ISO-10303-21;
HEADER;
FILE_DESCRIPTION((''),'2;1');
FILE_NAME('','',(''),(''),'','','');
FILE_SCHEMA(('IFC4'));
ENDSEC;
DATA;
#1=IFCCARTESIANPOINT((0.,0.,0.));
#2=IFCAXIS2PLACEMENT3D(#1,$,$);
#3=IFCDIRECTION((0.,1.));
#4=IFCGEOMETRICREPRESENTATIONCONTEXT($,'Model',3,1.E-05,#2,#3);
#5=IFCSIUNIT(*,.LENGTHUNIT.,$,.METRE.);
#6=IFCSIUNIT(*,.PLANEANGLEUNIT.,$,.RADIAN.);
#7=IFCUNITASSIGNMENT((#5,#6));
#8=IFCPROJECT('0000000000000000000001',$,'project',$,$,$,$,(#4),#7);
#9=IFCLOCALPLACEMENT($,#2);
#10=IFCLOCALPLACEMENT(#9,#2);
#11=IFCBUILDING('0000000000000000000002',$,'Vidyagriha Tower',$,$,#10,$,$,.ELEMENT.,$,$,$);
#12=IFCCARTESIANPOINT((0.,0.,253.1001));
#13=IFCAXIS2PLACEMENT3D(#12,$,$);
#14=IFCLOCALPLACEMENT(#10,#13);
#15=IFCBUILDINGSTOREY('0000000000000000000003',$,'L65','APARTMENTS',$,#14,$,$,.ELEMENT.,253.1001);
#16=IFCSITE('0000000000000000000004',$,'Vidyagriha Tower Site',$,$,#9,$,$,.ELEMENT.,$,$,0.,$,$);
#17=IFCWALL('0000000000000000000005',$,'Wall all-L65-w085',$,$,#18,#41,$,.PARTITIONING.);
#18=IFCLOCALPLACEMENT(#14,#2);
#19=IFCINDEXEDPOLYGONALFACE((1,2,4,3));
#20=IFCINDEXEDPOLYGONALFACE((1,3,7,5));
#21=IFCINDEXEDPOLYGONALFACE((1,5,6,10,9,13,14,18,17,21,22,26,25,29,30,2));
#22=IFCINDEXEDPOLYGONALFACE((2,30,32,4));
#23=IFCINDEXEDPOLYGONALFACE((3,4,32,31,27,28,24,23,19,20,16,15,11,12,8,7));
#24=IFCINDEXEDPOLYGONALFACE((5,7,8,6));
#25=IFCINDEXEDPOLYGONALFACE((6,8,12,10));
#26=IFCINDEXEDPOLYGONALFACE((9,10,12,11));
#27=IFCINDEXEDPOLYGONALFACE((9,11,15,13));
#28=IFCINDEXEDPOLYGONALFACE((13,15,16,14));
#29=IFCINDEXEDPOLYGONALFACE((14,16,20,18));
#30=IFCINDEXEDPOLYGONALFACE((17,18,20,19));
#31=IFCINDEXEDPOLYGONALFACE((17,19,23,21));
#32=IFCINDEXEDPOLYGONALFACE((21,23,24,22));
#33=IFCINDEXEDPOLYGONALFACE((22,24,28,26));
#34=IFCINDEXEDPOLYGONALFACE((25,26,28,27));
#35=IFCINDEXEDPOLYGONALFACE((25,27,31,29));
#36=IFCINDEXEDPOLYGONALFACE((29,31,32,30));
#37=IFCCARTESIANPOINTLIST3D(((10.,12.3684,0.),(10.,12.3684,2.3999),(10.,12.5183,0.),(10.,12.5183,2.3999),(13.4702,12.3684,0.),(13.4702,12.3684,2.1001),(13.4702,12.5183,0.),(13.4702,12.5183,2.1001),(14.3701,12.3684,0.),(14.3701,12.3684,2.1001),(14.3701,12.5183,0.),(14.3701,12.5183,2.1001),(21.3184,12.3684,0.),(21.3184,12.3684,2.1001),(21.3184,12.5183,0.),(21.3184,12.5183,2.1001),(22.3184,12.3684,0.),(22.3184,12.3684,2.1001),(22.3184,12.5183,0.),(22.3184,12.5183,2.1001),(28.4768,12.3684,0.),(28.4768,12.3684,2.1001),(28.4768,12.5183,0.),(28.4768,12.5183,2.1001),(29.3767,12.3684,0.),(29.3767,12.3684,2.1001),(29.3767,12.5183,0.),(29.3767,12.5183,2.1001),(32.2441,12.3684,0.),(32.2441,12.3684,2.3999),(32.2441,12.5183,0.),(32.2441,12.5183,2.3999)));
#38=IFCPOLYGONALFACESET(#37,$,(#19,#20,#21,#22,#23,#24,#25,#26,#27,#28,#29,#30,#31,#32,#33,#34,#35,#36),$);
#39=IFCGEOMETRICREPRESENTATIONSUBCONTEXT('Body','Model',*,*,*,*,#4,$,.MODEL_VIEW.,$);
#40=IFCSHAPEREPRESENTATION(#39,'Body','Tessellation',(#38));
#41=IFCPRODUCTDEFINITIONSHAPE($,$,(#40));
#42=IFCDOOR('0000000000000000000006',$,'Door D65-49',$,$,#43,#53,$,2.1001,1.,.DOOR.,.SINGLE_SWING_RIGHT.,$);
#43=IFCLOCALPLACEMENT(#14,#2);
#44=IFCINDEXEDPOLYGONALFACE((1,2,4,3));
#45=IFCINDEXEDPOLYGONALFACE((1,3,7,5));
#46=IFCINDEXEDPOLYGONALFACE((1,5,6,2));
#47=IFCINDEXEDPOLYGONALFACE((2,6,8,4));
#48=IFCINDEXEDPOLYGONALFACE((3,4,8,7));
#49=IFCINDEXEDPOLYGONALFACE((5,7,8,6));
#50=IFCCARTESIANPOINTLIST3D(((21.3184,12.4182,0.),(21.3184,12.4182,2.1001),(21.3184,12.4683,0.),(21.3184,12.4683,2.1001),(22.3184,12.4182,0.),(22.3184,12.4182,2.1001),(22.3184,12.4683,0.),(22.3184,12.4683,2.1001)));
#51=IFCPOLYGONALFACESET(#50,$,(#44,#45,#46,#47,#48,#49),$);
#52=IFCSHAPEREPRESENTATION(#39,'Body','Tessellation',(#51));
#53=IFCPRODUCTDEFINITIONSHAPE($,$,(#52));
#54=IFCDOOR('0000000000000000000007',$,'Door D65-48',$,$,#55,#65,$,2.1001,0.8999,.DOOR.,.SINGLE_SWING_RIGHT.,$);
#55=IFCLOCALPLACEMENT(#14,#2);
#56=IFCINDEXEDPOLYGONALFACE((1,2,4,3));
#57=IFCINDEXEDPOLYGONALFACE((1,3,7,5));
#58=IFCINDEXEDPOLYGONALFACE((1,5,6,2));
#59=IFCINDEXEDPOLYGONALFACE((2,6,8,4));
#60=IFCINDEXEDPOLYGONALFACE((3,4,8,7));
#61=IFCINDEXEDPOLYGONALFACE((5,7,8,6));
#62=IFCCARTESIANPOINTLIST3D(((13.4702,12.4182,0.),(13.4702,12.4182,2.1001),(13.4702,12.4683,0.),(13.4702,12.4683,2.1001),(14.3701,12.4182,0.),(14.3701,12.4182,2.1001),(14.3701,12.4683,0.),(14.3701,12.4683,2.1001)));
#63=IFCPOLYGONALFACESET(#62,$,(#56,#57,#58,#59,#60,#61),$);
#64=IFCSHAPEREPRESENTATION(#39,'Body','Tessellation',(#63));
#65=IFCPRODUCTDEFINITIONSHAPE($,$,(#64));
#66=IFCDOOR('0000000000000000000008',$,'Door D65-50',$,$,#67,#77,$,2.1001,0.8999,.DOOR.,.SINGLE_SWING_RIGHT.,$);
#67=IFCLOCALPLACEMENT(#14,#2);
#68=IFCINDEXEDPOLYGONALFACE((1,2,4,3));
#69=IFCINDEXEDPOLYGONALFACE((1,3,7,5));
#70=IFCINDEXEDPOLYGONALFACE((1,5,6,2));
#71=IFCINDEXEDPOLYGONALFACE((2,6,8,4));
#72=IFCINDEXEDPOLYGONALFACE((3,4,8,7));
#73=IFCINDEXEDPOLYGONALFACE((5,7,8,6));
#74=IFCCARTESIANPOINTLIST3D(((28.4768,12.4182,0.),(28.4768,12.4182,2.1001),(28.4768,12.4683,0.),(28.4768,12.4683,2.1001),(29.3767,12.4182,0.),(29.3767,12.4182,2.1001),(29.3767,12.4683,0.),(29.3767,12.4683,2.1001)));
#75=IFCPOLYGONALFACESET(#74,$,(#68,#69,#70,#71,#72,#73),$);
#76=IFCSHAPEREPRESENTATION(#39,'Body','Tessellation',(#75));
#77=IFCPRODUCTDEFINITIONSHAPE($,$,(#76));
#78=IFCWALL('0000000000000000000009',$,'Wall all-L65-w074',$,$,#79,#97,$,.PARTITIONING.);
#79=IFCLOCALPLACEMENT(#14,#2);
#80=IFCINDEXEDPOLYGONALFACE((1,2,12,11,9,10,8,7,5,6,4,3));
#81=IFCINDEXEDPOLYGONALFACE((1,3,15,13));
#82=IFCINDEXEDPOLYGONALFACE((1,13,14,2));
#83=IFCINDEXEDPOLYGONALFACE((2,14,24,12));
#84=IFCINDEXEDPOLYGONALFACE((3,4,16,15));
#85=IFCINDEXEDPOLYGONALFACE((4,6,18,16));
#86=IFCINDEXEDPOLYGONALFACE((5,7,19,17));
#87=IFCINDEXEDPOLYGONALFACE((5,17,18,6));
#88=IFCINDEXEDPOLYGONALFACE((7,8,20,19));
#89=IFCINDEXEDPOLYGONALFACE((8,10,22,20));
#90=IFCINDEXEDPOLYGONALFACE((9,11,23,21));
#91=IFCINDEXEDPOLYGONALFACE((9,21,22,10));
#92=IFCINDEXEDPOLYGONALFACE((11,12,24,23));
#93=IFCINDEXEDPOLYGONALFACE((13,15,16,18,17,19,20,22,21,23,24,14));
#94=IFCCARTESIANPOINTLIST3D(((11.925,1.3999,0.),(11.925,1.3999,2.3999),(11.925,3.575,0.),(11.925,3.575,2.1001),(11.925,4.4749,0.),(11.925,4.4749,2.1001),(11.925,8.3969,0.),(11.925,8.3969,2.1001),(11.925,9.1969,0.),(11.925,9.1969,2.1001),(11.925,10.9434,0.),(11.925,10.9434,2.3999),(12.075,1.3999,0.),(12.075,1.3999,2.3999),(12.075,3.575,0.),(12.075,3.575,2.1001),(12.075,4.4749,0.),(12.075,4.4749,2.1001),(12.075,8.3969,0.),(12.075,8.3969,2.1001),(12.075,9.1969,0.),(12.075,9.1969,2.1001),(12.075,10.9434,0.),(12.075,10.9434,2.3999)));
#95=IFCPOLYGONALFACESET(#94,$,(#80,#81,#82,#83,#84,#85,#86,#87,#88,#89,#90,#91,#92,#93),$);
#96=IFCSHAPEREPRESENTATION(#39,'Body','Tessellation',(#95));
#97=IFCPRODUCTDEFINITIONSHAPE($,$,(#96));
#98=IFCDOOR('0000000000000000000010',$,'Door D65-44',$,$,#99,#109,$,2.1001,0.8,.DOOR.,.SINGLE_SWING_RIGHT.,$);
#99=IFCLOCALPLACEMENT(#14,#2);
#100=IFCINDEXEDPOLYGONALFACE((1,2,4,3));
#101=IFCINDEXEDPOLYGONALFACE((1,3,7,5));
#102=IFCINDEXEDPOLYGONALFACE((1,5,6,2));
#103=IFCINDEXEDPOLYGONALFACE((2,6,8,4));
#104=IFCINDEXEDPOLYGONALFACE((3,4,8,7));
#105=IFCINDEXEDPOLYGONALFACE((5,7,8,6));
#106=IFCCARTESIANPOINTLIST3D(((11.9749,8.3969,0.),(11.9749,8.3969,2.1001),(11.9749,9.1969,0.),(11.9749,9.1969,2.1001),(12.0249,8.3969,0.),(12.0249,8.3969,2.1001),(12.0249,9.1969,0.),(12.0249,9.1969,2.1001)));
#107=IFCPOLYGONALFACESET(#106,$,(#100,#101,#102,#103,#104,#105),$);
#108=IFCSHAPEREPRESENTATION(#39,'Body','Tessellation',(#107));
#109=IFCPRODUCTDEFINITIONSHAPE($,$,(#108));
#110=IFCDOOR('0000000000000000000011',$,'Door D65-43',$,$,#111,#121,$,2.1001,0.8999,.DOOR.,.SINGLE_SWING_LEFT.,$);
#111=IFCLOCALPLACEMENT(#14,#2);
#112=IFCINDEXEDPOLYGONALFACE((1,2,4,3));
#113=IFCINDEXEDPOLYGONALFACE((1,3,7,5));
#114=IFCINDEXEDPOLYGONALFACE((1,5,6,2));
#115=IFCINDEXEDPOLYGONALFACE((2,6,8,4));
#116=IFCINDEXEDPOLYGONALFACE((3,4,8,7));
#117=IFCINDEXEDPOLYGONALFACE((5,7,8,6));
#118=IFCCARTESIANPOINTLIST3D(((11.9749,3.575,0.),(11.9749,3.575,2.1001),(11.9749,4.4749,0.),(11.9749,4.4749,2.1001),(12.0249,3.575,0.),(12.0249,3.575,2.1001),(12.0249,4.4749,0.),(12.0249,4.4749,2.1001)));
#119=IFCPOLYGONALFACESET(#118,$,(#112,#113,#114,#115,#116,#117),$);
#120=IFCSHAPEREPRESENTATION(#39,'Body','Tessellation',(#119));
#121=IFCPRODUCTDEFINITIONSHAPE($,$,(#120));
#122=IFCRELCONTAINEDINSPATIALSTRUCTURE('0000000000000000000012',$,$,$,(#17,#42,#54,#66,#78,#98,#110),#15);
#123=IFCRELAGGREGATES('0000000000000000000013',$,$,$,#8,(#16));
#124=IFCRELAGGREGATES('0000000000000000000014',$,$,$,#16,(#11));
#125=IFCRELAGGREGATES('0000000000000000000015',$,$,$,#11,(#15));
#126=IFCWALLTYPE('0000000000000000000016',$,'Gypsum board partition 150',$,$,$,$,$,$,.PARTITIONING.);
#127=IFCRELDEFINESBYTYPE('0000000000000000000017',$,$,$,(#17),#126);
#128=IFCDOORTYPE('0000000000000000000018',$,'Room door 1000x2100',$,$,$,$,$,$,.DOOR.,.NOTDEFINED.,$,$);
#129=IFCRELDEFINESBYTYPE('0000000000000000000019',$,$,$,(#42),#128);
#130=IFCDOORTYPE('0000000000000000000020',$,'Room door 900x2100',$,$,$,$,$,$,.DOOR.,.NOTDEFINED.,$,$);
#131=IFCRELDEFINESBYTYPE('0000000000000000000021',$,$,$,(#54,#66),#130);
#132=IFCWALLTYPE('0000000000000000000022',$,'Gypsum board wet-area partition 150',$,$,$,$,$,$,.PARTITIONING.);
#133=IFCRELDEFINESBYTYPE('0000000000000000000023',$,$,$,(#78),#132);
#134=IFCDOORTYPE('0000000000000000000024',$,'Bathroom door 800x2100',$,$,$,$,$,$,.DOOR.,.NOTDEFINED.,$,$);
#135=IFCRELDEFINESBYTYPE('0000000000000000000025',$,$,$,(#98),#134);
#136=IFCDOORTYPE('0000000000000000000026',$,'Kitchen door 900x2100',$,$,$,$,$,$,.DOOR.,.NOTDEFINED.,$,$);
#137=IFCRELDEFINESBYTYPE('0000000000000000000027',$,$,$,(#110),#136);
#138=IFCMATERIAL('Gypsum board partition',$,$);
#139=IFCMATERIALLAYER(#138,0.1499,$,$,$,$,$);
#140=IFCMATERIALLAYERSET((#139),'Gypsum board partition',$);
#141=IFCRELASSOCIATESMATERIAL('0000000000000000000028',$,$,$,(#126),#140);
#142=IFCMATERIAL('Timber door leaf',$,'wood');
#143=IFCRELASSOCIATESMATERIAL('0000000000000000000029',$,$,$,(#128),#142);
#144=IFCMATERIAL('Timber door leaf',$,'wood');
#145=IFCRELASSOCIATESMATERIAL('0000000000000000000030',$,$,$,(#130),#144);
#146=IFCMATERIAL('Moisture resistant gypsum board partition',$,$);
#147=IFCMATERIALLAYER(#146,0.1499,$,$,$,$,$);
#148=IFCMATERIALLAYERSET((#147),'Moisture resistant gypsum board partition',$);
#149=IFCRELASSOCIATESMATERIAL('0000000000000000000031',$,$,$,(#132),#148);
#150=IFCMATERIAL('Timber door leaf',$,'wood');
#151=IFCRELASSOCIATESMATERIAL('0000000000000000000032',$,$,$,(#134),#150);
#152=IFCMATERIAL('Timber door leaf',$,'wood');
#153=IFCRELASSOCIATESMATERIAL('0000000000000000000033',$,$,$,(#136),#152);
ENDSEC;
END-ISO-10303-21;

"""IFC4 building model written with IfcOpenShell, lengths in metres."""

from ifc_helpers import new_model, si_unit, direction, frame, frame_2d, origin, place, context, subcontext, project, spatial, rectangle, extrude, material, layer, layer_set, type_object, element, fill, save


model = new_model("IFC4")

# Units and contexts
model_context = context("Model", 3, precision=1e-05, world=origin(), true_north=direction((0.0, 1.0)))
body_context = subcontext(model_context, "Body", "Model", "MODEL_VIEW")
ifc_project = project(units=[si_unit("LENGTHUNIT", "METRE"), si_unit("PLANEANGLEUNIT", "RADIAN")], contexts=[model_context])

# Site, building, storey
site_placement = place(None, origin())
site = spatial("IfcSite", under=ifc_project, at=site_placement, Name="Vidyagriha Tower Site", CompositionType="ELEMENT", RefElevation=0.0)
building_placement = place(site_placement, origin())
building = spatial("IfcBuilding", under=site, at=building_placement, Name="Vidyagriha Tower", CompositionType="ELEMENT")
storey_placement = place(building_placement, frame((0.0, 0.0, 253.1001)))
storey = spatial("IfcBuildingStorey", under=building, at=storey_placement, Name="L65", Description="APARTMENTS", CompositionType="ELEMENT", Elevation=253.1001)

# Shared definitions
ifc_material_1 = material(Name="Gypsum board partition")
ifc_layer_1 = layer(ifc_material_1, 0.1499)
ifc_layer_set_1 = layer_set([ifc_layer_1], Name="Gypsum board partition")
wall_type_1 = type_object("IfcWallType", Name="Gypsum board partition 150", PredefinedType="PARTITIONING", material=ifc_layer_set_1)

# Walls, openings, doors
wall_1_placement = place(storey_placement, frame((10.0, 12.4434, 0.0)))
wall_1 = element("IfcWall", 1, at=wall_1_placement, inside=storey, type_object=wall_type_1, Name="Wall all-L65-w085", PredefinedType="PARTITIONING", context=body_context, shape_type="SweptSolid", body=[
    extrude(rectangle(XDim=22.2441, YDim=0.1499, at=frame_2d((11.1221, 0.0))), origin(), (0.0, 0.0, 1.0), 2.3999),
])
opening_1_placement = place(wall_1_placement, frame((3.4702, 0.0, 0.0)))
opening_1 = element("IfcOpeningElement", 2, at=opening_1_placement, cuts=wall_1, PredefinedType="OPENING", context=body_context, shape_type="SweptSolid", body=[
    extrude(rectangle(XDim=0.8999, YDim=2.1001, at=frame_2d((0.45, 1.05))), frame((0.0, 0.085, 0.0), z_axis=(0.0, -1.0, 0.0), x_axis=(1.0, 0.0, 0.0)), (0.0, 0.0, 1.0), 0.1699),
])
opening_2_placement = place(wall_1_placement, frame((11.3184, 0.0, 0.0)))
opening_2 = element("IfcOpeningElement", 3, at=opening_2_placement, cuts=wall_1, PredefinedType="OPENING", context=body_context, shape_type="SweptSolid", body=[
    extrude(rectangle(XDim=1.0, YDim=2.1001, at=frame_2d((0.5, 1.05))), frame((0.0, 0.085, 0.0), z_axis=(0.0, -1.0, 0.0), x_axis=(1.0, 0.0, 0.0)), (0.0, 0.0, 1.0), 0.1699),
])
opening_3_placement = place(wall_1_placement, frame((18.4768, 0.0, 0.0)))
opening_3 = element("IfcOpeningElement", 4, at=opening_3_placement, cuts=wall_1, PredefinedType="OPENING", context=body_context, shape_type="SweptSolid", body=[
    extrude(rectangle(XDim=0.8999, YDim=2.1001, at=frame_2d((0.45, 1.05))), frame((0.0, 0.085, 0.0), z_axis=(0.0, -1.0, 0.0), x_axis=(1.0, 0.0, 0.0)), (0.0, 0.0, 1.0), 0.1699),
])
ifc_material_2 = material(Name="Timber door leaf", Category="wood")
door_type_1 = type_object("IfcDoorType", Name="Room door 1000x2100", OperationType="NOTDEFINED", PredefinedType="DOOR", material=ifc_material_2)
door_1_placement = place(opening_2_placement, origin())
door_1 = element("IfcDoor", 5, at=door_1_placement, inside=storey, type_object=door_type_1, Name="Door D65-49", OperationType="SINGLE_SWING_RIGHT", OverallHeight=2.1001, OverallWidth=1.0, PredefinedType="DOOR", context=body_context, shape_type="SweptSolid", body=[
    extrude(rectangle(XDim=1.0, YDim=2.1001, at=frame_2d((0.5, 1.05))), frame((0.0, 0.0249, 0.0), z_axis=(0.0, -1.0, 0.0), x_axis=(1.0, 0.0, 0.0)), (0.0, 0.0, 1.0), 0.05),
])
fill(opening_2, door_1)
ifc_material_3 = material(Name="Timber door leaf", Category="wood")
door_type_2 = type_object("IfcDoorType", Name="Room door 900x2100", OperationType="NOTDEFINED", PredefinedType="DOOR", material=ifc_material_3)
door_2_placement = place(opening_1_placement, origin())
door_2 = element("IfcDoor", 6, at=door_2_placement, inside=storey, type_object=door_type_2, Name="Door D65-48", OperationType="SINGLE_SWING_RIGHT", OverallHeight=2.1001, OverallWidth=0.8999, PredefinedType="DOOR", context=body_context, shape_type="SweptSolid", body=[
    extrude(rectangle(XDim=0.8999, YDim=2.1001, at=frame_2d((0.45, 1.05))), frame((0.0, 0.0249, 0.0), z_axis=(0.0, -1.0, 0.0), x_axis=(1.0, 0.0, 0.0)), (0.0, 0.0, 1.0), 0.05),
])
fill(opening_1, door_2)
door_3_placement = place(opening_3_placement, origin())
door_3 = element("IfcDoor", 7, at=door_3_placement, inside=storey, type_object=door_type_2, Name="Door D65-50", OperationType="SINGLE_SWING_RIGHT", OverallHeight=2.1001, OverallWidth=0.8999, PredefinedType="DOOR", context=body_context, shape_type="SweptSolid", body=[
    extrude(rectangle(XDim=0.8999, YDim=2.1001, at=frame_2d((0.45, 1.05))), frame((0.0, 0.0249, 0.0), z_axis=(0.0, -1.0, 0.0), x_axis=(1.0, 0.0, 0.0)), (0.0, 0.0, 1.0), 0.05),
])
fill(opening_3, door_3)
ifc_material_4 = material(Name="Moisture resistant gypsum board partition")
ifc_layer_2 = layer(ifc_material_4, 0.1499)
ifc_layer_set_2 = layer_set([ifc_layer_2], Name="Moisture resistant gypsum board partition")
wall_type_2 = type_object("IfcWallType", Name="Gypsum board wet-area partition 150", PredefinedType="PARTITIONING", material=ifc_layer_set_2)
wall_2_placement = place(storey_placement, frame((12.0, 10.9434, 0.0), z_axis=(0.0, 0.0, 1.0), x_axis=(0.0, -1.0, 0.0)))
wall_2 = element("IfcWall", 8, at=wall_2_placement, inside=storey, type_object=wall_type_2, Name="Wall all-L65-w074", PredefinedType="PARTITIONING", context=body_context, shape_type="SweptSolid", body=[
    extrude(rectangle(XDim=9.5435, YDim=0.1499, at=frame_2d((4.7717, 0.0))), origin(), (0.0, 0.0, 1.0), 2.3999),
])
opening_4_placement = place(wall_2_placement, frame((6.4685, 0.0, 0.0)))
opening_4 = element("IfcOpeningElement", 9, at=opening_4_placement, cuts=wall_2, PredefinedType="OPENING", context=body_context, shape_type="SweptSolid", body=[
    extrude(rectangle(XDim=0.8999, YDim=2.1001, at=frame_2d((0.45, 1.05))), frame((0.0, 0.085, 0.0), z_axis=(0.0, -1.0, 0.0), x_axis=(1.0, 0.0, 0.0)), (0.0, 0.0, 1.0), 0.1699),
])
opening_5_placement = place(wall_2_placement, frame((1.7466, 0.0, 0.0)))
opening_5 = element("IfcOpeningElement", 10, at=opening_5_placement, cuts=wall_2, PredefinedType="OPENING", context=body_context, shape_type="SweptSolid", body=[
    extrude(rectangle(XDim=0.8, YDim=2.1001, at=frame_2d((0.3999, 1.05))), frame((0.0, 0.085, 0.0), z_axis=(0.0, -1.0, 0.0), x_axis=(1.0, 0.0, 0.0)), (0.0, 0.0, 1.0), 0.1699),
])
ifc_material_5 = material(Name="Timber door leaf", Category="wood")
door_type_3 = type_object("IfcDoorType", Name="Bathroom door 800x2100", OperationType="NOTDEFINED", PredefinedType="DOOR", material=ifc_material_5)
door_4_placement = place(opening_5_placement, origin())
door_4 = element("IfcDoor", 11, at=door_4_placement, inside=storey, type_object=door_type_3, Name="Door D65-44", OperationType="SINGLE_SWING_RIGHT", OverallHeight=2.1001, OverallWidth=0.8, PredefinedType="DOOR", context=body_context, shape_type="SweptSolid", body=[
    extrude(rectangle(XDim=0.8, YDim=2.1001, at=frame_2d((0.3999, 1.05))), frame((0.0, 0.0249, 0.0), z_axis=(0.0, -1.0, 0.0), x_axis=(1.0, 0.0, 0.0)), (0.0, 0.0, 1.0), 0.05),
])
fill(opening_5, door_4)
ifc_material_6 = material(Name="Timber door leaf", Category="wood")
door_type_4 = type_object("IfcDoorType", Name="Kitchen door 900x2100", OperationType="NOTDEFINED", PredefinedType="DOOR", material=ifc_material_6)
door_5_placement = place(opening_4_placement, origin())
door_5 = element("IfcDoor", 12, at=door_5_placement, inside=storey, type_object=door_type_4, Name="Door D65-43", OperationType="SINGLE_SWING_LEFT", OverallHeight=2.1001, OverallWidth=0.8999, PredefinedType="DOOR", context=body_context, shape_type="SweptSolid", body=[
    extrude(rectangle(XDim=0.8999, YDim=2.1001, at=frame_2d((0.45, 1.05))), frame((0.0, 0.0249, 0.0), z_axis=(0.0, -1.0, 0.0), x_axis=(1.0, 0.0, 0.0)), (0.0, 0.0, 1.0), 0.05),
])
fill(opening_4, door_5)

save(model, "model.ifc")
